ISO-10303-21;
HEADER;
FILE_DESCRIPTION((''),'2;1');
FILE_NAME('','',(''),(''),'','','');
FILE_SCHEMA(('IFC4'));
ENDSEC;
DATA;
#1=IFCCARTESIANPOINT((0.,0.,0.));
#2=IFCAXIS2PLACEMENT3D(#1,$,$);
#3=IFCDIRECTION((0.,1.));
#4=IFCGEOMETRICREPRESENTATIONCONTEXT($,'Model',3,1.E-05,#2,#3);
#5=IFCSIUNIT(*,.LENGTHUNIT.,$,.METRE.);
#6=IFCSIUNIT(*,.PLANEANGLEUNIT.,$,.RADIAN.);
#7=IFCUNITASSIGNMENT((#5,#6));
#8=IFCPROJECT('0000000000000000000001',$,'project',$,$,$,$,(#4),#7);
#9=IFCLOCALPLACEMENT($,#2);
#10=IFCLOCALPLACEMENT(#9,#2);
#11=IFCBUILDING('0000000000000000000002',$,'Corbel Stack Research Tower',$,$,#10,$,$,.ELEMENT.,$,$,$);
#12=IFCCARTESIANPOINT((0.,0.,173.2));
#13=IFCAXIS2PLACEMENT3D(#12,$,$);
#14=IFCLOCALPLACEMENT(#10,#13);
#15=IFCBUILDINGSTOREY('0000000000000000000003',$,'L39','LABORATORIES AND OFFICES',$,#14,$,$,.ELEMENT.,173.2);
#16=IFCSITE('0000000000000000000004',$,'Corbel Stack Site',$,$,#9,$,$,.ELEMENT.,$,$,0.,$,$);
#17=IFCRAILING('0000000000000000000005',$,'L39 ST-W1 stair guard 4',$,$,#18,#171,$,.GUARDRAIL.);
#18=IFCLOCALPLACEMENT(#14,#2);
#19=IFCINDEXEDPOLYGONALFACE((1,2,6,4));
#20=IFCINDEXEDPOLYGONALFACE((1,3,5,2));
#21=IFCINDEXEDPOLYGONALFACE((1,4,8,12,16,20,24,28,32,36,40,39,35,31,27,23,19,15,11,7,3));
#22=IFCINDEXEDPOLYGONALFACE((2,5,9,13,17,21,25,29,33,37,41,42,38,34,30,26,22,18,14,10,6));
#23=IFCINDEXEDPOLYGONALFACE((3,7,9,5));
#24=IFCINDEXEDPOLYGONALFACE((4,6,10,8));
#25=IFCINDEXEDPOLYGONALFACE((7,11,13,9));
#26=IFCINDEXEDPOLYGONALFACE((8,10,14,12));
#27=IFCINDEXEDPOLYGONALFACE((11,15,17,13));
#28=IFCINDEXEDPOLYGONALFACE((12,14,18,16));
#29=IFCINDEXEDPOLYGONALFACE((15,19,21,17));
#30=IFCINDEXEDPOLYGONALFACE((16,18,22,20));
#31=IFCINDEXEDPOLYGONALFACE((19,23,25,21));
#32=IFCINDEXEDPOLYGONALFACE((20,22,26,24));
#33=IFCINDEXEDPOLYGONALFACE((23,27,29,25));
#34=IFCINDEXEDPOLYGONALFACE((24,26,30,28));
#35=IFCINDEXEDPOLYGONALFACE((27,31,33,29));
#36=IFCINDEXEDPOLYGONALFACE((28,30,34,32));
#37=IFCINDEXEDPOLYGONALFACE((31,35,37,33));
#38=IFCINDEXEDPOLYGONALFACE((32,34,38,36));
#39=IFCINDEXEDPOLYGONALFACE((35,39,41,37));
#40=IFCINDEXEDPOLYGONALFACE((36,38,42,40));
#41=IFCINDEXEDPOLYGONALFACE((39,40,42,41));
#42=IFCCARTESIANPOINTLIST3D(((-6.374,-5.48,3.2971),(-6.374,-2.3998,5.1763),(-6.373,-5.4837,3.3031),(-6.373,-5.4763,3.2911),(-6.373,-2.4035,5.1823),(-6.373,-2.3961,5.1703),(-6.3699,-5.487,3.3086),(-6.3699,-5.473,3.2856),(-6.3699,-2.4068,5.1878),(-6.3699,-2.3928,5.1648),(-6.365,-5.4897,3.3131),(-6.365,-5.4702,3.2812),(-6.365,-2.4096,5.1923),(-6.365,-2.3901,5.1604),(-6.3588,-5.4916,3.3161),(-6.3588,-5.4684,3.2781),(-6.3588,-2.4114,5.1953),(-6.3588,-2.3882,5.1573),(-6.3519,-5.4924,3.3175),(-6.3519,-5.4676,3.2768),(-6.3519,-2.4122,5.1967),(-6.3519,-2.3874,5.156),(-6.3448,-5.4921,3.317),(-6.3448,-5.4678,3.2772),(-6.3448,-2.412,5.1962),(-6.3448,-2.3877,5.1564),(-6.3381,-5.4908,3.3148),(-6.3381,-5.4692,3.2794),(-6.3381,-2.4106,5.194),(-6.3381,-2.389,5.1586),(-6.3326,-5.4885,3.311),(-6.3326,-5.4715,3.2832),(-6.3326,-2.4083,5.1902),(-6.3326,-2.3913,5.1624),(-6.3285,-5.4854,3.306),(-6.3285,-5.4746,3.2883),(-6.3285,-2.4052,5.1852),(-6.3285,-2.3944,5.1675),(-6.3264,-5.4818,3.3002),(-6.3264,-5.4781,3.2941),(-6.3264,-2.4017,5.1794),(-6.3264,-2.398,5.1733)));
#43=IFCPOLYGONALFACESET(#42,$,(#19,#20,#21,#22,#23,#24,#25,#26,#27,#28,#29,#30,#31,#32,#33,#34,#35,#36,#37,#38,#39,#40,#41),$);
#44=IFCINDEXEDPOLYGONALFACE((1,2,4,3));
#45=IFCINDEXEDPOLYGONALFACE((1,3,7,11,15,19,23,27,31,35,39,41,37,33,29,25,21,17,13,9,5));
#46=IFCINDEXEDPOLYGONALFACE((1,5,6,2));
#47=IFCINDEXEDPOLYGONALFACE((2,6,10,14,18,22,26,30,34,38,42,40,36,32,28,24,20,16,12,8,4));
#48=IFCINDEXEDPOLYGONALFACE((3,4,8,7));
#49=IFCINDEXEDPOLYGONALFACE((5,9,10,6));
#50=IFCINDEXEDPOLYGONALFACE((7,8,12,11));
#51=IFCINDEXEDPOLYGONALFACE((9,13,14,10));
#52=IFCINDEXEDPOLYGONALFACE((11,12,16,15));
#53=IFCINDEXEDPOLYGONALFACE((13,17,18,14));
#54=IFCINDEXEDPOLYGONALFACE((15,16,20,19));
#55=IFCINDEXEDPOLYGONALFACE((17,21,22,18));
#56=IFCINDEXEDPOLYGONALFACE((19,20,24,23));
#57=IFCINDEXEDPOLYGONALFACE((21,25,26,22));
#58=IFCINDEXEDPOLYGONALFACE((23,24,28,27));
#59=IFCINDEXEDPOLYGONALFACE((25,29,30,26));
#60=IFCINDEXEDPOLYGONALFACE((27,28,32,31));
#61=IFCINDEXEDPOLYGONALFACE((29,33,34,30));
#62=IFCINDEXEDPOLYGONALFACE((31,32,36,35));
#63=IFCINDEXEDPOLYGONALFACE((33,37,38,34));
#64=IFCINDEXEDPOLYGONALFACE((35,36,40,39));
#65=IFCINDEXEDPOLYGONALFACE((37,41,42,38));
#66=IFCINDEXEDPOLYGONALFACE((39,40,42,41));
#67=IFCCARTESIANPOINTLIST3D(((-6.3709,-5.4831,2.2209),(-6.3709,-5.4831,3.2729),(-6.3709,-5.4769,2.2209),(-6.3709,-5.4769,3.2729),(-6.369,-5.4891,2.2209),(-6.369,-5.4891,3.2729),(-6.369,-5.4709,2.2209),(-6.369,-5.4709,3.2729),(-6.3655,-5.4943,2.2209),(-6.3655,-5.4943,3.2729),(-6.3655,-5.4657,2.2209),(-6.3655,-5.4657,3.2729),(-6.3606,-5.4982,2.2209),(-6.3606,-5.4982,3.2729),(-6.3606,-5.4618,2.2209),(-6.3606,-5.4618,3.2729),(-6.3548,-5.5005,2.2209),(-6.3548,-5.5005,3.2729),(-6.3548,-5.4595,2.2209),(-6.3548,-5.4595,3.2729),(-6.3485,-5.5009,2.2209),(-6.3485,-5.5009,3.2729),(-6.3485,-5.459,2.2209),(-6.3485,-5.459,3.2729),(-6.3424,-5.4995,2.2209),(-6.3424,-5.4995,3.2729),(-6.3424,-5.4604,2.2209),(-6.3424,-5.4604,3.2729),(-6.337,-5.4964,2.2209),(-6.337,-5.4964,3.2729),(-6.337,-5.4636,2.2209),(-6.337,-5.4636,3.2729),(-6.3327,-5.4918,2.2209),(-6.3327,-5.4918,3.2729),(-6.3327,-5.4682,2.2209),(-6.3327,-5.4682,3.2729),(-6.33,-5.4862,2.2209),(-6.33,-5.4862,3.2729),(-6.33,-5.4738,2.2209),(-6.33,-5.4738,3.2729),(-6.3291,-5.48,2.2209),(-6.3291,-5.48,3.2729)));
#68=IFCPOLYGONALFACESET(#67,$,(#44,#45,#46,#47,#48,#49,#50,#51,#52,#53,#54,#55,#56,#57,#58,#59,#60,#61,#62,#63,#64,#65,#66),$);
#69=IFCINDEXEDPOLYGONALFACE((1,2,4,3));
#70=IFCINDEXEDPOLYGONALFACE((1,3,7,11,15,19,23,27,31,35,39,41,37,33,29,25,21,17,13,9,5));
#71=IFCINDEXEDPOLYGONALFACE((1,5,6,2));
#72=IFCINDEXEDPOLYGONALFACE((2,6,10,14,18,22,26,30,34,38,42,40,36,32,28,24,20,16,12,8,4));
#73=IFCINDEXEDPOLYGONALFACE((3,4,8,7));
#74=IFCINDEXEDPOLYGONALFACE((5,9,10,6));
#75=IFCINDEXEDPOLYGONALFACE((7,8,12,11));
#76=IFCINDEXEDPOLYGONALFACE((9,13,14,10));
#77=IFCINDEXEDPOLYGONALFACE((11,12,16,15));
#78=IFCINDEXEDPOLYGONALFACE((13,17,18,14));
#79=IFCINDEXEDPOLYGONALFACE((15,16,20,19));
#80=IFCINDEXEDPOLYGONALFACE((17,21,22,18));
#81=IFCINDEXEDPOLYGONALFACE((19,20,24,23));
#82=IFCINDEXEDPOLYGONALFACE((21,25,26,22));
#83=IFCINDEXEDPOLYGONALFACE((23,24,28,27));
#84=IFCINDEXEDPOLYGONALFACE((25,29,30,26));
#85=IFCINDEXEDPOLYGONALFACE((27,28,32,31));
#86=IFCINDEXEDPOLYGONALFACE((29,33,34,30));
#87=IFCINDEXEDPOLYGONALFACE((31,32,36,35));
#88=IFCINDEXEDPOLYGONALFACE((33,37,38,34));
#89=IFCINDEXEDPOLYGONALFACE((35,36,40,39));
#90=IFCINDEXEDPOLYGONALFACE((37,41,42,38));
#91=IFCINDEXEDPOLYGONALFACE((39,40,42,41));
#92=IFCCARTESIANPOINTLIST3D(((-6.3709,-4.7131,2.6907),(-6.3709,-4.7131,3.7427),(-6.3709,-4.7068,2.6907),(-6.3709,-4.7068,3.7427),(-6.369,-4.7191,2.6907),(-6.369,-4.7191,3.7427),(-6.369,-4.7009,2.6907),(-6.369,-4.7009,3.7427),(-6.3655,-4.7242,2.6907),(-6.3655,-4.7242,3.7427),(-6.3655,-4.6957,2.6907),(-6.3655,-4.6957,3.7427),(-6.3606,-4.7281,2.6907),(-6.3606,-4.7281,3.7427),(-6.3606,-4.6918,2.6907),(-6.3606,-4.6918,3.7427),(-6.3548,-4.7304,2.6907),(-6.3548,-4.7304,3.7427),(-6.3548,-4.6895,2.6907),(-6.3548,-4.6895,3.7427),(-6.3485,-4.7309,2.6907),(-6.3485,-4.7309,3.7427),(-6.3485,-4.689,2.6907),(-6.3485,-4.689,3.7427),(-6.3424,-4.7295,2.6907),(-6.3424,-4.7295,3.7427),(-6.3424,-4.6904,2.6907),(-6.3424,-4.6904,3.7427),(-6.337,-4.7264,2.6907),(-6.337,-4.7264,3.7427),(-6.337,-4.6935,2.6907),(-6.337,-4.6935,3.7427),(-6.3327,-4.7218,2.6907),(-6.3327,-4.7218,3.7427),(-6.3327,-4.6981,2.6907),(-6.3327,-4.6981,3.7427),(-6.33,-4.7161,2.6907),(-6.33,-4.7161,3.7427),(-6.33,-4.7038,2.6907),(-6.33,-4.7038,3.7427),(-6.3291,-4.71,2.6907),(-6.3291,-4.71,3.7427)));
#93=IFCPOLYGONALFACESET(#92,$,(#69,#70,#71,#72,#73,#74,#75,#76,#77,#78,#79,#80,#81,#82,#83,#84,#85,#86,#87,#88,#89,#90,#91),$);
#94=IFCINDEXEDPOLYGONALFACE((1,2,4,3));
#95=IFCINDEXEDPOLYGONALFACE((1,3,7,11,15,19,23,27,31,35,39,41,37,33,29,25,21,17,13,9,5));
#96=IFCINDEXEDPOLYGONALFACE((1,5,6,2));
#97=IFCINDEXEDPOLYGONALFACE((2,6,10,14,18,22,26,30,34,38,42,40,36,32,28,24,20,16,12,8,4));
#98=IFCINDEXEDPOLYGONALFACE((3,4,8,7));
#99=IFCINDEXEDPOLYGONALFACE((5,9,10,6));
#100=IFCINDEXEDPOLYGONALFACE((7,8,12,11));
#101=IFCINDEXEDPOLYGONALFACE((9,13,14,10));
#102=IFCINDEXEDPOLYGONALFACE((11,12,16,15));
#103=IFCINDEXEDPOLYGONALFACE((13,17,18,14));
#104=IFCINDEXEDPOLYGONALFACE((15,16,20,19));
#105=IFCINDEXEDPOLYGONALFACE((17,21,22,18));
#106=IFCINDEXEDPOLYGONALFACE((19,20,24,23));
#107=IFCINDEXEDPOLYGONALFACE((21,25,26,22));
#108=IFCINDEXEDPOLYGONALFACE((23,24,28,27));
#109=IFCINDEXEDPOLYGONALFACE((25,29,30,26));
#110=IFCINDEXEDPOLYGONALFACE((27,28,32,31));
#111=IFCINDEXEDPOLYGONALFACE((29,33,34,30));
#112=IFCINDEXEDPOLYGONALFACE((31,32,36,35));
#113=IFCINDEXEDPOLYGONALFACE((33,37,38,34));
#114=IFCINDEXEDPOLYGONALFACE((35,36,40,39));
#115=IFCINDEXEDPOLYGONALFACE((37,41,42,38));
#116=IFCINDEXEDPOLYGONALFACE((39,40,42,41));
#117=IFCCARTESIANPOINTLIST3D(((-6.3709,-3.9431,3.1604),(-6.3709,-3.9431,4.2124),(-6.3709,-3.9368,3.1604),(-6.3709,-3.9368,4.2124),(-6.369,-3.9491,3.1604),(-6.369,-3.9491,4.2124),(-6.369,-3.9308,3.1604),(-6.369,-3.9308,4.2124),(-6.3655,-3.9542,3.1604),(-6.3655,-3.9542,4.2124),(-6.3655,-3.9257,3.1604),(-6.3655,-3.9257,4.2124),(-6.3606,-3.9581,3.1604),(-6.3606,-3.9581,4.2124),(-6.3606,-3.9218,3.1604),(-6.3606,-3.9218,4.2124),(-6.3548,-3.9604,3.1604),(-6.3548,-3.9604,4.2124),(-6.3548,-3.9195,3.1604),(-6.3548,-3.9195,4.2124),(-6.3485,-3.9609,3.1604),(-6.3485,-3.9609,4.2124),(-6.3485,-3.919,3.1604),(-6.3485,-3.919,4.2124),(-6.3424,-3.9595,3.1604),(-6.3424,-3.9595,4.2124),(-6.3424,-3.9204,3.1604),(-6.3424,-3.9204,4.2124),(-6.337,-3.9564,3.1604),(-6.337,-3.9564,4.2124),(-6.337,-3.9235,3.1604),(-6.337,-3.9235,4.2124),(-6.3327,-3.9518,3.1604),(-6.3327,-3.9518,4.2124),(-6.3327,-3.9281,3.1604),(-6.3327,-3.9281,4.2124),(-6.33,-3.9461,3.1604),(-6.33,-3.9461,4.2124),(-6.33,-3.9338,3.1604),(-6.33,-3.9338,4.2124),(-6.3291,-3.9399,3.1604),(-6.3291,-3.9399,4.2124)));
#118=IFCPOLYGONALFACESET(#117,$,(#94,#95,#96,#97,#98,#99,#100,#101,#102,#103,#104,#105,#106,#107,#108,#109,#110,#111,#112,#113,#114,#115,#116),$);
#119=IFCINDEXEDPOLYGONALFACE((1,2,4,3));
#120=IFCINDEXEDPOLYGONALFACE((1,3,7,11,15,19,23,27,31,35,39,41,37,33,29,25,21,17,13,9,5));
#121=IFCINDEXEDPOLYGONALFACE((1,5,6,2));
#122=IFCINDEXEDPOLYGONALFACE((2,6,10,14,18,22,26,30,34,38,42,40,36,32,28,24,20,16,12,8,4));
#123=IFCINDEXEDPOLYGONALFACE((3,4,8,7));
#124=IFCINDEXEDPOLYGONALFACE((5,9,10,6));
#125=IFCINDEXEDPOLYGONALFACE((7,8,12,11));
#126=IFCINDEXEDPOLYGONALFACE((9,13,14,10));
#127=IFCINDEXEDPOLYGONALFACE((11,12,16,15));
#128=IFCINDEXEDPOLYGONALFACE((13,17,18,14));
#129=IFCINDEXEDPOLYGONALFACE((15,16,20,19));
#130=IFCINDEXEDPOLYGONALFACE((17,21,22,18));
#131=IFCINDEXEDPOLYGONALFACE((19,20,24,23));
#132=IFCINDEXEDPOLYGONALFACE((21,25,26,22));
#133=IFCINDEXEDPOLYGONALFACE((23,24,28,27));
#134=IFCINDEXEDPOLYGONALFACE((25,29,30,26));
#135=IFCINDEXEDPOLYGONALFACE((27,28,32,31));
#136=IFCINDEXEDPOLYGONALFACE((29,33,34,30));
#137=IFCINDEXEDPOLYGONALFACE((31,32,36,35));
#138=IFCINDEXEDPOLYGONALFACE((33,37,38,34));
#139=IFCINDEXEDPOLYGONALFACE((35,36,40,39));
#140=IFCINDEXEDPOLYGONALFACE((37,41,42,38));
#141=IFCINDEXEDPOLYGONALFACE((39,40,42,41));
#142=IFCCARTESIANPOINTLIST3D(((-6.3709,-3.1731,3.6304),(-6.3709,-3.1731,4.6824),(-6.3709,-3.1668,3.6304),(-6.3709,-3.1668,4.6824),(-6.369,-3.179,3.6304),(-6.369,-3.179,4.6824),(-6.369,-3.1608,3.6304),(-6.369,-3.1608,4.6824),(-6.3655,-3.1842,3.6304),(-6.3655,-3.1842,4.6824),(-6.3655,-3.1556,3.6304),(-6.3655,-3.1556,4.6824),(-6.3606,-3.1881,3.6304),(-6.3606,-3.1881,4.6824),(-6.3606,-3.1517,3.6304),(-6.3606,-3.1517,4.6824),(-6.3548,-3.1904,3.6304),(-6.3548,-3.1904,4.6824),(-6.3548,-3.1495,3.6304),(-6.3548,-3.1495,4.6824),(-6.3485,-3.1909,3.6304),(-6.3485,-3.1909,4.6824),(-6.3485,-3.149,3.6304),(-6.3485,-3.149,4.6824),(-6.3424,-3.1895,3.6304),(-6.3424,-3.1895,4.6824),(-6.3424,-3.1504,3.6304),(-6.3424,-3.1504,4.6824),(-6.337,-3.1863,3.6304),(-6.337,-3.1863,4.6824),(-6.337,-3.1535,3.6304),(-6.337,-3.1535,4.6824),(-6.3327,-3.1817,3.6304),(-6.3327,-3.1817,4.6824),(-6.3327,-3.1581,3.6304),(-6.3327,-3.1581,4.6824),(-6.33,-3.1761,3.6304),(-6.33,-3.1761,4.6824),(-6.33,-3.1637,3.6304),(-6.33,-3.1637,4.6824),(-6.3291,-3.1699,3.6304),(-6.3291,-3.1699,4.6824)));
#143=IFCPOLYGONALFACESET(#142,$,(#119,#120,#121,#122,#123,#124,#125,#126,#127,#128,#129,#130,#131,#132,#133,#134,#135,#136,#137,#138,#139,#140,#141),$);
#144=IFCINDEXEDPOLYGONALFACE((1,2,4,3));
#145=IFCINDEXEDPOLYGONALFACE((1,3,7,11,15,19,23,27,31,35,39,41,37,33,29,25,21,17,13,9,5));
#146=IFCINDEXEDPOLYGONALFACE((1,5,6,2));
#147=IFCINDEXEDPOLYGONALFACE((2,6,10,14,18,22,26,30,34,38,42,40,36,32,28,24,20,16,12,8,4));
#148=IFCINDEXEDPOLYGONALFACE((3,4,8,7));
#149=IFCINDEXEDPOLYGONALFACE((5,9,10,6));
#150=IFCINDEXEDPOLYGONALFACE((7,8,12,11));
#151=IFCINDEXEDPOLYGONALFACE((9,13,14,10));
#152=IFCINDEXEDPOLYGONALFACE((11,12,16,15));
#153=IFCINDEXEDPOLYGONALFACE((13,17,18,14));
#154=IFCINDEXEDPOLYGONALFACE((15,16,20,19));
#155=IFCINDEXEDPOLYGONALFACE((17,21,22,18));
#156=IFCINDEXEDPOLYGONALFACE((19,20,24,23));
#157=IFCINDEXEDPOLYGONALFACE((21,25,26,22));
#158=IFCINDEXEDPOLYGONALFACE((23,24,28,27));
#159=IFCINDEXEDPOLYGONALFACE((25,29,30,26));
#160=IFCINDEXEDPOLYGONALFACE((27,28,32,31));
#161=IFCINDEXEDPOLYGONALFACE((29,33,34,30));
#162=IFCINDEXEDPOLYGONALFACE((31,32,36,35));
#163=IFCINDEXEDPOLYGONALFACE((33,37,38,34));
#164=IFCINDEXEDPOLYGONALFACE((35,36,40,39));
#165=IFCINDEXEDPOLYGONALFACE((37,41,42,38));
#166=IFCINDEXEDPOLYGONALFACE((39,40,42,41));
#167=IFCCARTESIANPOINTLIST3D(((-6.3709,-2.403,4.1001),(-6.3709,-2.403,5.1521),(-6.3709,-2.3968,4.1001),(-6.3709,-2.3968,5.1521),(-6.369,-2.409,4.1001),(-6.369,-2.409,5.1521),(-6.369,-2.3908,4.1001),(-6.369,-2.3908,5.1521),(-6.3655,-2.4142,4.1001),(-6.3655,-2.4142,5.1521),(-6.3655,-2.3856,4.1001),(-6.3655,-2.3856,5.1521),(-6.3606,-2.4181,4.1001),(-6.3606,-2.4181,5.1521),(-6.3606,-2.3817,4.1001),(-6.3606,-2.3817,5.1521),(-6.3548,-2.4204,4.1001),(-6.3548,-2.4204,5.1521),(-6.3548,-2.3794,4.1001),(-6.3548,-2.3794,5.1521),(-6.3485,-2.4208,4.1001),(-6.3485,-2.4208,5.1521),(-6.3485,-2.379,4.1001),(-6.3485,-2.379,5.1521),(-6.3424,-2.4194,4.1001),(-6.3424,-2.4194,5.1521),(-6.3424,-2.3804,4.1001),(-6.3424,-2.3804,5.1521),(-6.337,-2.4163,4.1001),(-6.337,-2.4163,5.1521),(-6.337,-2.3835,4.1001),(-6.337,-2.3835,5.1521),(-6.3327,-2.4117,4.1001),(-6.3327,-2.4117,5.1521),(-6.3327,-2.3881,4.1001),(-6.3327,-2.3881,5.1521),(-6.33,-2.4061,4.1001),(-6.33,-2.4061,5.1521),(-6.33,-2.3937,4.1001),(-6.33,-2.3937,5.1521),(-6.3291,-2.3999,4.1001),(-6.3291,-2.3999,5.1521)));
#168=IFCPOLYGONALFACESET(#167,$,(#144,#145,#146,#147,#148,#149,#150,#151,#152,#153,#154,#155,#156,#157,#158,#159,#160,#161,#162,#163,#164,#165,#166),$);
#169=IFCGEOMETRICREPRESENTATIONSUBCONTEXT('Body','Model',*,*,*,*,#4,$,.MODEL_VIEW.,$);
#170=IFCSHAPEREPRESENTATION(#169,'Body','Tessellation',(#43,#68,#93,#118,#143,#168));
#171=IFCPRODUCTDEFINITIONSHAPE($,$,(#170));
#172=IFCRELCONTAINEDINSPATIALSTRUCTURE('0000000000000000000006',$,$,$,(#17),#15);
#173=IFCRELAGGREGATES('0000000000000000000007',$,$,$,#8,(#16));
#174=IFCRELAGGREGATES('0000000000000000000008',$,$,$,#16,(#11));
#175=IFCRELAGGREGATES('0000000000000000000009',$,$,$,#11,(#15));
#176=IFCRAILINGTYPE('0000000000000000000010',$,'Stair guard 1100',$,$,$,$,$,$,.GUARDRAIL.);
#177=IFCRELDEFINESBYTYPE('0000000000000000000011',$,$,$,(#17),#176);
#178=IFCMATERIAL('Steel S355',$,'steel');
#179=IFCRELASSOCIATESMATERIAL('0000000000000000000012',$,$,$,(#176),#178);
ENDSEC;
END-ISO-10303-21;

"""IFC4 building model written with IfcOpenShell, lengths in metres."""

from ifc_helpers import new_model, si_unit, direction, frame, origin, origin_2d, place, context, subcontext, project, spatial, circle, extrude, material, type_object, element, save


model = new_model("IFC4")

# Units and contexts
model_context = context("Model", 3, precision=1e-05, world=origin(), true_north=direction((0.0, 1.0)))
body_context = subcontext(model_context, "Body", "Model", "MODEL_VIEW")
ifc_project = project(units=[si_unit("LENGTHUNIT", "METRE"), si_unit("PLANEANGLEUNIT", "RADIAN")], contexts=[model_context])

# Site, building, storey
site_placement = place(None, origin())
site = spatial("IfcSite", under=ifc_project, at=site_placement, Name="Corbel Stack Site", CompositionType="ELEMENT", RefElevation=0.0)
building_placement = place(site_placement, origin())
building = spatial("IfcBuilding", under=site, at=building_placement, Name="Corbel Stack Research Tower", CompositionType="ELEMENT")
storey_placement = place(building_placement, frame((0.0, 0.0, 173.2)))
storey = spatial("IfcBuildingStorey", under=building, at=storey_placement, Name="L39", Description="LABORATORIES AND OFFICES", CompositionType="ELEMENT", Elevation=173.2)

# Railing
ifc_material_1 = material(Name="Steel S355", Category="steel")
railing_type_1 = type_object("IfcRailingType", Name="Stair guard 1100", PredefinedType="GUARDRAIL", material=ifc_material_1)
railing_1_placement = place(storey_placement, frame((-6.3501, -5.48, 2.2209)))
element("IfcRailing", 1, at=railing_1_placement, inside=storey, type_object=railing_type_1, Name="L39 ST-W1 stair guard 4", PredefinedType="GUARDRAIL", context=body_context, shape_type="SweptSolid", body=[
    extrude(circle(Radius=0.0239, at=origin_2d()), frame((0.0, 0.0, 1.0762), z_axis=(0.0, 0.853666, 0.52082), x_axis=(-1.0, 0.0, 0.0)), (0.0, 0.0, 1.0), 3.6082),
    extrude(circle(Radius=0.021, at=origin_2d()), origin(), (0.0, 0.0, 1.0), 1.052),
    extrude(circle(Radius=0.021, at=origin_2d()), frame((0.0, 0.77, 0.4697)), (0.0, 0.0, 1.0), 1.052),
    extrude(circle(Radius=0.021, at=origin_2d()), frame((0.0, 1.54, 0.9395)), (0.0, 0.0, 1.0), 1.052),
    extrude(circle(Radius=0.021, at=origin_2d()), frame((0.0, 2.3101, 1.4094)), (0.0, 0.0, 1.0), 1.052),
    extrude(circle(Radius=0.021, at=origin_2d()), frame((0.0, 3.0801, 1.8792)), (0.0, 0.0, 1.0), 1.052),
])

save(model, "model.ifc")
